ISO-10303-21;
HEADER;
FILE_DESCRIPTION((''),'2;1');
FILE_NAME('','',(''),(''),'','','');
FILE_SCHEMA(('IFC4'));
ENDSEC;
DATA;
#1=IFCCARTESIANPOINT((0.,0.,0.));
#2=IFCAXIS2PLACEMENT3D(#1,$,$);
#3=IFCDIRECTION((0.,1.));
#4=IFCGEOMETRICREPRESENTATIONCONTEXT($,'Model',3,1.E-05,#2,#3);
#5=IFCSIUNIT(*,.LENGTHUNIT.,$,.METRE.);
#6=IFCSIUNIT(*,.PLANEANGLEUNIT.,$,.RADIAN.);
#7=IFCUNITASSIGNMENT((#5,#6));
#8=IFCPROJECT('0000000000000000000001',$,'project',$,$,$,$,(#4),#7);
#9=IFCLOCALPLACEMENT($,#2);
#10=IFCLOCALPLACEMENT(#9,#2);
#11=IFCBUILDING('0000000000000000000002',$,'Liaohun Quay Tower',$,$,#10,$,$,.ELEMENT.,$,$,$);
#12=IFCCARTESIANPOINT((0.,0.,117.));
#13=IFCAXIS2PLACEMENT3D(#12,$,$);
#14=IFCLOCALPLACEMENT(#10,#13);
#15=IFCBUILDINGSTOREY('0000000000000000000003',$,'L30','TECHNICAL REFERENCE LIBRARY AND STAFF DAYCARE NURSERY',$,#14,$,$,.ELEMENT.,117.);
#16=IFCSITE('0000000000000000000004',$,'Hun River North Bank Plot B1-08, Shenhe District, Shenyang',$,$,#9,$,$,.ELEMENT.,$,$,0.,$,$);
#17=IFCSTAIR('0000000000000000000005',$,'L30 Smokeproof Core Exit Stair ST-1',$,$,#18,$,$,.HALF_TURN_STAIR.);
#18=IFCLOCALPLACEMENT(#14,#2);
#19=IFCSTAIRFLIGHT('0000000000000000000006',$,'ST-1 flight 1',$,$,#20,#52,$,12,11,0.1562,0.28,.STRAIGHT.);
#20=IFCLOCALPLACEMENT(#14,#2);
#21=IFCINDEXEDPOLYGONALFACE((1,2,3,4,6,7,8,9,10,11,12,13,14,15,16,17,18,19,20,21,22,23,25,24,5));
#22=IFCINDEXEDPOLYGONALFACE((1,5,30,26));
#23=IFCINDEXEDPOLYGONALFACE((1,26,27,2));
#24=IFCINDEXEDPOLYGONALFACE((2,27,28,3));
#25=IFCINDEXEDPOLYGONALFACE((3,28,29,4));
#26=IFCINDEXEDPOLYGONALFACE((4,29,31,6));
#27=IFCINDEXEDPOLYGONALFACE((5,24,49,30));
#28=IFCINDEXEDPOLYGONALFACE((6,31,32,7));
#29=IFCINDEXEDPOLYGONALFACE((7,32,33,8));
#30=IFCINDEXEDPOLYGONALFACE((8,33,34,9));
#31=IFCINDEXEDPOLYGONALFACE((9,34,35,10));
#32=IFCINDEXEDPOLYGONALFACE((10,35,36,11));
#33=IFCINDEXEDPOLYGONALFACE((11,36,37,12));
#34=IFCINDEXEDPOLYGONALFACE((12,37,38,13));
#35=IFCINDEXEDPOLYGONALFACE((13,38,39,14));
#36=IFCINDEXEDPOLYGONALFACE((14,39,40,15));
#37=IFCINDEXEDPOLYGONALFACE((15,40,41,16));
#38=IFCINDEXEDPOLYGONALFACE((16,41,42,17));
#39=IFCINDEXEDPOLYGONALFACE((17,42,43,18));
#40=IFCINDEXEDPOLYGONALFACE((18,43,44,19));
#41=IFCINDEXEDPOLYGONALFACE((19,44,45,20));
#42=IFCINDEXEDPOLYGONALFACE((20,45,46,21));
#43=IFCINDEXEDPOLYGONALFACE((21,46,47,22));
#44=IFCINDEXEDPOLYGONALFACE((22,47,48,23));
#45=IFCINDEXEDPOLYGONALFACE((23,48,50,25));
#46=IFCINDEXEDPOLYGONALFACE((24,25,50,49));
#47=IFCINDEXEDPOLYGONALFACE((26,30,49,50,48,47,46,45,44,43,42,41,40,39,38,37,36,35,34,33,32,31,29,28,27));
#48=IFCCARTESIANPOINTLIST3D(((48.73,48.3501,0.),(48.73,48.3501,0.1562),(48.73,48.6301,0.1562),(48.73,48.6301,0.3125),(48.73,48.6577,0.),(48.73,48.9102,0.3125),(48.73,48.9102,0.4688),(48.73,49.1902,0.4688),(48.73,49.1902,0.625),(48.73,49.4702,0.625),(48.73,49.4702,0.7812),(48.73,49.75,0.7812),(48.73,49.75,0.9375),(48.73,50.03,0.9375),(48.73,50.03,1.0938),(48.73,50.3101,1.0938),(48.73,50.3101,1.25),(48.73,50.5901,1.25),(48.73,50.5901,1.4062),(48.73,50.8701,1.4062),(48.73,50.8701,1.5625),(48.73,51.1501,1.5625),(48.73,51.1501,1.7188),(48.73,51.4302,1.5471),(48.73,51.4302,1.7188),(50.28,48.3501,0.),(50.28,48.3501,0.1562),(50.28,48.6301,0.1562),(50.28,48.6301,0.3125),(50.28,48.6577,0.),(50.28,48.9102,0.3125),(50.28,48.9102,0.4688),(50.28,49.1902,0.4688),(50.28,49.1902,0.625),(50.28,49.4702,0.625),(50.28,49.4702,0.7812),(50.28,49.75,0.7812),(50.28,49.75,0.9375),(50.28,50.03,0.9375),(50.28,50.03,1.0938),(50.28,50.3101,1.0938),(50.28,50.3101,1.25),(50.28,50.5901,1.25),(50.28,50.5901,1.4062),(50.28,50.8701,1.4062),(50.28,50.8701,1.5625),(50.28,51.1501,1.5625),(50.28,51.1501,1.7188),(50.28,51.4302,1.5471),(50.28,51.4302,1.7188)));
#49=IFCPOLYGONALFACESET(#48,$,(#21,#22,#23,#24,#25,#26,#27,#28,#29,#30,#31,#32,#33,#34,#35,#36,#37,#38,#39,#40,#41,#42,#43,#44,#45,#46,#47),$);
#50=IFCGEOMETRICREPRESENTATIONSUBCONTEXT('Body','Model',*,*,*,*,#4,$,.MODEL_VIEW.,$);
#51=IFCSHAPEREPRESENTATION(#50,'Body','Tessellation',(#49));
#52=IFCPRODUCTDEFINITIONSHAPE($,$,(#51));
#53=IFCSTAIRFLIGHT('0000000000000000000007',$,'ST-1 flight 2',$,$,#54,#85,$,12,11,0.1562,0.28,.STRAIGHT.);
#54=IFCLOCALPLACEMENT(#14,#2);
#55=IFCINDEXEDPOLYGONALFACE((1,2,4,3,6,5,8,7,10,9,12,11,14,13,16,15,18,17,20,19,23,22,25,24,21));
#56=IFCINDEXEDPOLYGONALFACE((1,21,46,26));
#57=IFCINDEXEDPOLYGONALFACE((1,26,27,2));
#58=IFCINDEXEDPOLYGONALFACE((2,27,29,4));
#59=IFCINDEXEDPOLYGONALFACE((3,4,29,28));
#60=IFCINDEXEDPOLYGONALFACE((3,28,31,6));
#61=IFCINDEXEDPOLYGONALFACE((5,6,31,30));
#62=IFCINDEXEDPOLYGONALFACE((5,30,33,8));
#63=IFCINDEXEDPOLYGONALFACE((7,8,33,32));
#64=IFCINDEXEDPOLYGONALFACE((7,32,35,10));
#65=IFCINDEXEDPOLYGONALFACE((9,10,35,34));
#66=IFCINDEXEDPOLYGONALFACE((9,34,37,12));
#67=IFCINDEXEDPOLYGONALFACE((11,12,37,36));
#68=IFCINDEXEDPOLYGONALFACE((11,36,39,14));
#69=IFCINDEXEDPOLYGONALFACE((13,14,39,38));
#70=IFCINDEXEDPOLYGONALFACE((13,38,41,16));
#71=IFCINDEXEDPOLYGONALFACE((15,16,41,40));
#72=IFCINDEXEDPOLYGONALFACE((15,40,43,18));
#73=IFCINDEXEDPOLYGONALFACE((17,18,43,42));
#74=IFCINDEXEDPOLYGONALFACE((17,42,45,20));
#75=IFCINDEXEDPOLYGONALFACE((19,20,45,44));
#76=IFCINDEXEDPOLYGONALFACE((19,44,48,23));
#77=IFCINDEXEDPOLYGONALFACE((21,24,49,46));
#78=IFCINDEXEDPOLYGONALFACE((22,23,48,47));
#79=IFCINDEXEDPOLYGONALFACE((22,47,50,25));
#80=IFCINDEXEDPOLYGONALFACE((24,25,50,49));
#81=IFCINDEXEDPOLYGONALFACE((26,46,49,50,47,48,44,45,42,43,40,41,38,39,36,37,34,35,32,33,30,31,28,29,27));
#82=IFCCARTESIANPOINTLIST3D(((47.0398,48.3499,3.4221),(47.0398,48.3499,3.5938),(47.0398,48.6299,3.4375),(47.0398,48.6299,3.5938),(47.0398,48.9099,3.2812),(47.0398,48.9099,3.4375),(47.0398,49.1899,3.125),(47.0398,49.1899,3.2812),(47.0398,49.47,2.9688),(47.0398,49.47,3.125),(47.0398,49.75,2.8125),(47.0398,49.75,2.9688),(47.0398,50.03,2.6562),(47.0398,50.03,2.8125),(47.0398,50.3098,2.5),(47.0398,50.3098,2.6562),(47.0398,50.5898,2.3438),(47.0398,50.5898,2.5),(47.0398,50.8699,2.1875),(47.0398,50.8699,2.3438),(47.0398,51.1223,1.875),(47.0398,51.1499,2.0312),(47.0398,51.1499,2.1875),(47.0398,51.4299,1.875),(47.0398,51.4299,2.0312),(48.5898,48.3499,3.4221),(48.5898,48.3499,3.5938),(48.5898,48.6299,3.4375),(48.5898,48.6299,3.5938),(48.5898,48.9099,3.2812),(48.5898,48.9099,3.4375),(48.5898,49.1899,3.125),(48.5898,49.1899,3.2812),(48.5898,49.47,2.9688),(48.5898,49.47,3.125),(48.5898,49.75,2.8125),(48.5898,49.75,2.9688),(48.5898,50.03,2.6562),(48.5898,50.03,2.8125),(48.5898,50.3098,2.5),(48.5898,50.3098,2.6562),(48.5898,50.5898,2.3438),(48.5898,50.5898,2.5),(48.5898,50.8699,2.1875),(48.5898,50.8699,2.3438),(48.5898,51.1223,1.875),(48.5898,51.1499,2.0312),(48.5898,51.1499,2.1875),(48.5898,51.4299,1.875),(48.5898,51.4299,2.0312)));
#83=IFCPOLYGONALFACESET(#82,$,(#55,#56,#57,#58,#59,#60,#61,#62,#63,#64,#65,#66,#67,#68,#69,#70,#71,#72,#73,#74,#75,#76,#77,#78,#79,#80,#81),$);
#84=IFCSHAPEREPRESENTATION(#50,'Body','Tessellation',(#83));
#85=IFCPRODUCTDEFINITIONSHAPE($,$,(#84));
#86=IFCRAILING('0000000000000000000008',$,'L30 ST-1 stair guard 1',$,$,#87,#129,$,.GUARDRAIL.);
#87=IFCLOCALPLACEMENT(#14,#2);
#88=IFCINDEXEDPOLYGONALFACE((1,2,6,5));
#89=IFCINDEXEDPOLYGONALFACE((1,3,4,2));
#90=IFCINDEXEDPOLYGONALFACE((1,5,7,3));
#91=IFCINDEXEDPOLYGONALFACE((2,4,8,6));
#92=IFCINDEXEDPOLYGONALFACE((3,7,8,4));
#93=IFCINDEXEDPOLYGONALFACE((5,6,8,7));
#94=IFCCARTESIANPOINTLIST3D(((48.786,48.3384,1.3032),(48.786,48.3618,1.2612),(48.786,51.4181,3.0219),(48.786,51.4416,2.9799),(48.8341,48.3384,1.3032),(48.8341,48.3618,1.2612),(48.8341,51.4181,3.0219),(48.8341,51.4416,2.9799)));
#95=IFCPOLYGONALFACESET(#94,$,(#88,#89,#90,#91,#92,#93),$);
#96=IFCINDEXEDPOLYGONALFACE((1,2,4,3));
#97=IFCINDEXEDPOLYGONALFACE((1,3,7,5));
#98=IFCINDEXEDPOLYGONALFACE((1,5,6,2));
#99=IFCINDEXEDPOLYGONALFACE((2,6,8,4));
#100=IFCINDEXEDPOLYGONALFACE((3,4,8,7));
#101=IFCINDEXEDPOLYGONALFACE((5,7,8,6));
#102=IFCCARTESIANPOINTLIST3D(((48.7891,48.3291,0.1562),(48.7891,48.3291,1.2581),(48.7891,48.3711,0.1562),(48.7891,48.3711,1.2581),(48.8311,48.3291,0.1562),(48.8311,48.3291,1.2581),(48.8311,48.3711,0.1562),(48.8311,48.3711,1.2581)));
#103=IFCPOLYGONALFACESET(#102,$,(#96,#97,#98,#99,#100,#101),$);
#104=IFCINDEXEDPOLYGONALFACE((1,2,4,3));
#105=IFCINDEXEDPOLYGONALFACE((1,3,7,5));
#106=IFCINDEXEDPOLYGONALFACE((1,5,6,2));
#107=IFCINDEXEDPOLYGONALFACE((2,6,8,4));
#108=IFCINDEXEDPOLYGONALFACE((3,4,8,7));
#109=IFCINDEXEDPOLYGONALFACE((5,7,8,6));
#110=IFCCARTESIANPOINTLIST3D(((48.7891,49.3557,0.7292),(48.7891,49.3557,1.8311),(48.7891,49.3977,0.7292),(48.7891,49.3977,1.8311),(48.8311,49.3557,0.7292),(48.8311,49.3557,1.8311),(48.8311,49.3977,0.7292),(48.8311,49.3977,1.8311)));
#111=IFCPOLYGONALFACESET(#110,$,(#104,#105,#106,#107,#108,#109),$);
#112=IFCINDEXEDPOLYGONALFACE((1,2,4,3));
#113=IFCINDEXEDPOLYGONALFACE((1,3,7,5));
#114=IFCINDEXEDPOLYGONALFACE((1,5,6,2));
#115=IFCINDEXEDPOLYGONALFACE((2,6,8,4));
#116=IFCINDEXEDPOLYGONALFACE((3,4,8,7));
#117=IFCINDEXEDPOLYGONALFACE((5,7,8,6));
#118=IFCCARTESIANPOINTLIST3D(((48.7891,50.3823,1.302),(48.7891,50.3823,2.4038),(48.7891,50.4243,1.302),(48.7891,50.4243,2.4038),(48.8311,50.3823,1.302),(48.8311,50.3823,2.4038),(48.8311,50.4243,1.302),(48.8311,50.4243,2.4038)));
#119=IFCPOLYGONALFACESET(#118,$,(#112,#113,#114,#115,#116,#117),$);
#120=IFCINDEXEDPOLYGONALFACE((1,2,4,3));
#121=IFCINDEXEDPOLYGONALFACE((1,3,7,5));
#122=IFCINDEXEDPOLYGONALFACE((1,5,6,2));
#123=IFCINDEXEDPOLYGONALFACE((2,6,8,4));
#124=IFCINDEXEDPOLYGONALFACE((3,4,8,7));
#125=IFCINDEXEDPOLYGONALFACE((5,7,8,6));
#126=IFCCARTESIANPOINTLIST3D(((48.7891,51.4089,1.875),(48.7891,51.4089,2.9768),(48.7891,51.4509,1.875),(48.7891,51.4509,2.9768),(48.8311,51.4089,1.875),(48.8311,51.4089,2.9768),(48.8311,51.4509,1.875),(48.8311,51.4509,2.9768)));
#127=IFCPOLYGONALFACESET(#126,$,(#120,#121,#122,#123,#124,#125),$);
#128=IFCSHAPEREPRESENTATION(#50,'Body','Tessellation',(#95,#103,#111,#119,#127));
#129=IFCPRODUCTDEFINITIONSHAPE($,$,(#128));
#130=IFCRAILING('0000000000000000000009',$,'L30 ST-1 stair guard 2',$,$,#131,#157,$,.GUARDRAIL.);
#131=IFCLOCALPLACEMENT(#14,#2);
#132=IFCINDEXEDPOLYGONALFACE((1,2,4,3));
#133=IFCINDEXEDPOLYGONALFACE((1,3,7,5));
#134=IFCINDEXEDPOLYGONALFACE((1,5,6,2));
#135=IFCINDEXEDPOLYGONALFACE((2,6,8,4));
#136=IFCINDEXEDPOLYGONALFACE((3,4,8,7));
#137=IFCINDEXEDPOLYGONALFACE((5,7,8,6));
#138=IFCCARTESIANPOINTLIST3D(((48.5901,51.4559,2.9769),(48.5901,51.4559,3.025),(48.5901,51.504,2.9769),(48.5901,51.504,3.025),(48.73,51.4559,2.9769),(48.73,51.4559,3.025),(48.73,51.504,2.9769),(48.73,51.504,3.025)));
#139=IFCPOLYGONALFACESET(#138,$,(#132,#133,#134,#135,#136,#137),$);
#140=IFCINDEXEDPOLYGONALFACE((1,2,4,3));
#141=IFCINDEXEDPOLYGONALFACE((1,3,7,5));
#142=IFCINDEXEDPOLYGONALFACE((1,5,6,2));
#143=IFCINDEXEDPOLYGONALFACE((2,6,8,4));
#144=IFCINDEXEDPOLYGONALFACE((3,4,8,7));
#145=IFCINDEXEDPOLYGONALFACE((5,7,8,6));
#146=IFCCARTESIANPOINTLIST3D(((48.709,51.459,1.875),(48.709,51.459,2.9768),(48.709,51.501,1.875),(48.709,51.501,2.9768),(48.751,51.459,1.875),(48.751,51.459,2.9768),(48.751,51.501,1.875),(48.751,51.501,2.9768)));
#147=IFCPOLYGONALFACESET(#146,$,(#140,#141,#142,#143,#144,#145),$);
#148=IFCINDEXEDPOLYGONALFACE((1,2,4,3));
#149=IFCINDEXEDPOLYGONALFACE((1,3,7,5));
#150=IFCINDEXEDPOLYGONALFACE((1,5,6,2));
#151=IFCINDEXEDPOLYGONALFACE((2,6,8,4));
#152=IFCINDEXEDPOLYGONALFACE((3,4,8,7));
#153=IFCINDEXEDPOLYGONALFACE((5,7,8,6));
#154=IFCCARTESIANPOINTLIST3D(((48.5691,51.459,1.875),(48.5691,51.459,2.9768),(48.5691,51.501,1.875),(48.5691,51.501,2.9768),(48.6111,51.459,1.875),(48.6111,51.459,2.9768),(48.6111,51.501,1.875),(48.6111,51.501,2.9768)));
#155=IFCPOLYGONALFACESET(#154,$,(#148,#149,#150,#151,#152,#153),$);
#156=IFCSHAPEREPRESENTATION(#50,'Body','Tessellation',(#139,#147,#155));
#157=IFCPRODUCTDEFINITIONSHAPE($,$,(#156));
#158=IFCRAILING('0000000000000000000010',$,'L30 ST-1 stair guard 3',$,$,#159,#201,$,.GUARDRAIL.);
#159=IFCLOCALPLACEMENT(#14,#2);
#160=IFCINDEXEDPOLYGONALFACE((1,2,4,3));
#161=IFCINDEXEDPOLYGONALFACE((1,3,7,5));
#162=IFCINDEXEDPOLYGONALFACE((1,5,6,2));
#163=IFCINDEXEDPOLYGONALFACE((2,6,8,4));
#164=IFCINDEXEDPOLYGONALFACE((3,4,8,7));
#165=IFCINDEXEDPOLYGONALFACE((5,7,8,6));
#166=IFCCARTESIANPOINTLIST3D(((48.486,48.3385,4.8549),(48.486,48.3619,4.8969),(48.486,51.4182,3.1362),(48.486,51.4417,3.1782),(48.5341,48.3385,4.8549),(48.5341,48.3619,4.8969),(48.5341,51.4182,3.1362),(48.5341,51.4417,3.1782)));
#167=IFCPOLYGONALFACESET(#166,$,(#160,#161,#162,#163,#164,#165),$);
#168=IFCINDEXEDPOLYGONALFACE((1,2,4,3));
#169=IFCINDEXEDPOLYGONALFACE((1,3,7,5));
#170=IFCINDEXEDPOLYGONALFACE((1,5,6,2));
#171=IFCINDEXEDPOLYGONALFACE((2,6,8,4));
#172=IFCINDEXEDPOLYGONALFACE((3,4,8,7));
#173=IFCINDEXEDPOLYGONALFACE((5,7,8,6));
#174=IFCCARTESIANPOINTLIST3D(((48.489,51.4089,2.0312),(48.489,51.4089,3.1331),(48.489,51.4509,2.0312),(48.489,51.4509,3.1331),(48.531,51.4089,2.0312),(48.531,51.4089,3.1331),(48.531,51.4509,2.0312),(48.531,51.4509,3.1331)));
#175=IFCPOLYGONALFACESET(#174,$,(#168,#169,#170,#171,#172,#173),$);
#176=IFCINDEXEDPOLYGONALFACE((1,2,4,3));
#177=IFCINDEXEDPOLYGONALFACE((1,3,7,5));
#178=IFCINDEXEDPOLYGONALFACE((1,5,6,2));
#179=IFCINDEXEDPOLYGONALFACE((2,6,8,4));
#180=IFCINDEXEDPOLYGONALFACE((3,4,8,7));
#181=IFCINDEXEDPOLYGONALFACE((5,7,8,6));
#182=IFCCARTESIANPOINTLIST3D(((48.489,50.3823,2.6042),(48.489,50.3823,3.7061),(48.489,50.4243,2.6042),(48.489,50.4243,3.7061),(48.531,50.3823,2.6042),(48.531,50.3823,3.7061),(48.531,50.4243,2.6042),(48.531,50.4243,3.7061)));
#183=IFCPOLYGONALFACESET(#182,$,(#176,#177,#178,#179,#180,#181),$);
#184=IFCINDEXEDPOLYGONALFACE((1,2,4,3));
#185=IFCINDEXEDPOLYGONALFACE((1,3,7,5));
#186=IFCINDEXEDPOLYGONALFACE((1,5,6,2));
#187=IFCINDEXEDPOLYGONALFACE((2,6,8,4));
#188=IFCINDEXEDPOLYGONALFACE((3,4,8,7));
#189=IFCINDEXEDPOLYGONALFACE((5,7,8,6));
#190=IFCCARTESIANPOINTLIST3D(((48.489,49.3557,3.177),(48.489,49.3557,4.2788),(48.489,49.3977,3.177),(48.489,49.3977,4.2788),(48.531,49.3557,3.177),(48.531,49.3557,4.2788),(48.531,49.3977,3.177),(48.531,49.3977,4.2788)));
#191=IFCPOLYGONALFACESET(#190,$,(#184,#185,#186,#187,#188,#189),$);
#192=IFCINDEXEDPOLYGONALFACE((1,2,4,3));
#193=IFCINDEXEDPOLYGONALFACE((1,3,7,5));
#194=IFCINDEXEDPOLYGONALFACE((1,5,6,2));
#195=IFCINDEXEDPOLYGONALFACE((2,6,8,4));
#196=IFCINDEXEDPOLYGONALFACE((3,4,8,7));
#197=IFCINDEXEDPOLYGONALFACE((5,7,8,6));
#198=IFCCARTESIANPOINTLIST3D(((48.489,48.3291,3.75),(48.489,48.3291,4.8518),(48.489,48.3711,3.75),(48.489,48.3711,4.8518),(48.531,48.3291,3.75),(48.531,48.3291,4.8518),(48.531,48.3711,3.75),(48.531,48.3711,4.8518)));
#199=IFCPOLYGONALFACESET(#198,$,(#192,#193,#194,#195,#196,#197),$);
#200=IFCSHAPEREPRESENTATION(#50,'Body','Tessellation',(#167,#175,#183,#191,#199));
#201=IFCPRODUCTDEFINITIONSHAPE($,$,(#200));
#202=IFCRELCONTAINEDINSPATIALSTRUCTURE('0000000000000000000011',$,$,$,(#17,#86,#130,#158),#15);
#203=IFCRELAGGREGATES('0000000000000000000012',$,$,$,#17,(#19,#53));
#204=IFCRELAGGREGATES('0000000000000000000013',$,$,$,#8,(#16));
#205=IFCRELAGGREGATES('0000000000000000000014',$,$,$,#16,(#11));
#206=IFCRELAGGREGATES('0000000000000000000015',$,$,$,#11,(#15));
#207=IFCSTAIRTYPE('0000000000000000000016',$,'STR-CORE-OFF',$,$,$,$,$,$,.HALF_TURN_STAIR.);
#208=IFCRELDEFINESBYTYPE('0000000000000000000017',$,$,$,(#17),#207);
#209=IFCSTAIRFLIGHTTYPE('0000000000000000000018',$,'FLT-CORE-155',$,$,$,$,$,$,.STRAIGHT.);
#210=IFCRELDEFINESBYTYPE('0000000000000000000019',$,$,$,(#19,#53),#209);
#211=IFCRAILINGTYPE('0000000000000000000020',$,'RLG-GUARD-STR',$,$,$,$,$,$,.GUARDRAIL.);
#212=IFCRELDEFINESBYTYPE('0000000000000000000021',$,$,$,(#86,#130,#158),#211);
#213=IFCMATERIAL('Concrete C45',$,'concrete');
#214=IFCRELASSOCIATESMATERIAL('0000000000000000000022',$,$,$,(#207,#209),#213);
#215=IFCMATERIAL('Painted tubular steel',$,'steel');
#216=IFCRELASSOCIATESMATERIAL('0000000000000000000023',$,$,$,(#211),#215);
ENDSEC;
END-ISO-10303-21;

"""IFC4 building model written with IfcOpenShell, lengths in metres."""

from ifc_helpers import new_model, si_unit, direction, frame, origin, origin_2d, place, context, subcontext, project, spatial, polyline, rectangle, outline, extrude, material, type_object, element, aggregate, save


model = new_model("IFC4")

# Units and contexts
model_context = context("Model", 3, precision=1e-05, world=origin(), true_north=direction((0.0, 1.0)))
body_context = subcontext(model_context, "Body", "Model", "MODEL_VIEW")
ifc_project = project(units=[si_unit("LENGTHUNIT", "METRE"), si_unit("PLANEANGLEUNIT", "RADIAN")], contexts=[model_context])

# Site, building, storey
site_placement = place(None, origin())
site = spatial("IfcSite", under=ifc_project, at=site_placement, Name="Hun River North Bank Plot B1-08, Shenhe District, Shenyang", CompositionType="ELEMENT", RefElevation=0.0)
building_placement = place(site_placement, origin())
building = spatial("IfcBuilding", under=site, at=building_placement, Name="Liaohun Quay Tower", CompositionType="ELEMENT")
storey_placement = place(building_placement, frame((0.0, 0.0, 117.0)))
storey = spatial("IfcBuildingStorey", under=building, at=storey_placement, Name="L30", Description="TECHNICAL REFERENCE LIBRARY AND STAFF DAYCARE NURSERY", CompositionType="ELEMENT", Elevation=117.0)

# Stair
ifc_material_1 = material(Name="Concrete C45", Category="concrete")
stair_type = type_object("IfcStairType", Name="STR-CORE-OFF", PredefinedType="HALF_TURN_STAIR", material=ifc_material_1)
stair_1_placement = place(storey_placement, origin())
stair_1 = element("IfcStair", 1, at=stair_1_placement, inside=storey, type_object=stair_type, Name="L30 Smokeproof Core Exit Stair ST-1", PredefinedType="HALF_TURN_STAIR")

# Stair flights
stair_flight_type = type_object("IfcStairFlightType", Name="FLT-CORE-155", PredefinedType="STRAIGHT", material=ifc_material_1)
stair_flight_1_placement = place(storey_placement, frame((49.5049, 48.3501, 0.0), z_axis=(0.0, 0.0, 1.0), x_axis=(0.0, 1.0, 0.0)))
stair_flight_1 = element("IfcStairFlight", 2, at=stair_flight_1_placement, type_object=stair_flight_type, Name="ST-1 flight 1", NumberOfRisers=12, NumberOfTreads=11, PredefinedType="STRAIGHT", RiserHeight=0.1562, TreadLength=0.28, context=body_context, shape_type="SweptSolid", body=[
    extrude(outline(polyline([(0.0, 0.0), (0.0, 0.1562), (0.28, 0.1562), (0.28, 0.3125), (0.5601, 0.3125), (0.5601, 0.4688), (0.8401, 0.4688), (0.8401, 0.625), (1.1201, 0.625), (1.1201, 0.7812), (1.3999, 0.7812), (1.3999, 0.9375), (1.6799, 0.9375), (1.6799, 1.0938), (1.96, 1.0938), (1.96, 1.25), (2.24, 1.25), (2.24, 1.4062), (2.52, 1.4062), (2.52, 1.5625), (2.8, 1.5625), (2.8, 1.7188), (3.0801, 1.7188), (3.0801, 1.875), (3.0801, 1.5471), (0.3076, 0.0), (0.0, 0.0)])), frame((0.0, 0.7749, 0.0), z_axis=(0.0, -1.0, 0.0), x_axis=(1.0, 0.0, 0.0)), (0.0, 0.0, 1.0), 1.55),
])
stair_flight_2_placement = place(storey_placement, frame((47.8149, 51.4299, 1.875), z_axis=(0.0, 0.0, 1.0), x_axis=(0.0, -1.0, 0.0)))
stair_flight_2 = element("IfcStairFlight", 3, at=stair_flight_2_placement, type_object=stair_flight_type, Name="ST-1 flight 2", NumberOfRisers=12, NumberOfTreads=11, PredefinedType="STRAIGHT", RiserHeight=0.1562, TreadLength=0.28, context=body_context, shape_type="SweptSolid", body=[
    extrude(outline(polyline([(0.0, 0.0), (0.0, 0.1562), (0.28, 0.1562), (0.28, 0.3125), (0.5601, 0.3125), (0.5601, 0.4688), (0.8401, 0.4688), (0.8401, 0.625), (1.1201, 0.625), (1.1201, 0.7812), (1.3999, 0.7812), (1.3999, 0.9375), (1.6799, 0.9375), (1.6799, 1.0938), (1.96, 1.0938), (1.96, 1.25), (2.24, 1.25), (2.24, 1.4062), (2.52, 1.4062), (2.52, 1.5625), (2.8, 1.5625), (2.8, 1.7188), (3.0801, 1.7188), (3.0801, 1.875), (3.0801, 1.5471), (0.3076, 0.0), (0.0, 0.0)])), frame((0.0, 0.7749, 0.0), z_axis=(0.0, -1.0, 0.0), x_axis=(1.0, 0.0, 0.0)), (0.0, 0.0, 1.0), 1.55),
])
aggregate(stair_1, [stair_flight_1, stair_flight_2])

# Railings
ifc_material_2 = material(Name="Painted tubular steel", Category="steel")
railing_type_1 = type_object("IfcRailingType", Name="RLG-GUARD-STR", PredefinedType="GUARDRAIL", material=ifc_material_2)
railing_1_placement = place(storey_placement, frame((48.8101, 48.3501, 0.1562)))
element("IfcRailing", 4, at=railing_1_placement, inside=storey, type_object=railing_type_1, Name="L30 ST-1 stair guard 1", PredefinedType="GUARDRAIL", context=body_context, shape_type="SweptSolid", body=[
    extrude(rectangle(XDim=0.0481, YDim=0.0481, at=origin_2d()), frame((0.0, 0.0, 1.126), z_axis=(0.0, 0.873225, 0.487317), x_axis=(-1.0, 0.0, 0.0)), (0.0, 0.0, 1.0), 3.5269),
    extrude(rectangle(XDim=0.042, YDim=0.042, at=origin_2d()), origin(), (0.0, 0.0, 1.0), 1.1018),
    extrude(rectangle(XDim=0.042, YDim=0.042, at=origin_2d()), frame((0.0, 1.0266, 0.573)), (0.0, 0.0, 1.0), 1.1018),
    extrude(rectangle(XDim=0.042, YDim=0.042, at=origin_2d()), frame((0.0, 2.0532, 1.1458)), (0.0, 0.0, 1.0), 1.1018),
    extrude(rectangle(XDim=0.042, YDim=0.042, at=origin_2d()), frame((0.0, 3.0798, 1.7188)), (0.0, 0.0, 1.0), 1.1018),
])
railing_2_placement = place(storey_placement, frame((48.73, 51.48, 1.875)))
element("IfcRailing", 5, at=railing_2_placement, inside=storey, type_object=railing_type_1, Name="L30 ST-1 stair guard 2", PredefinedType="GUARDRAIL", context=body_context, shape_type="SweptSolid", body=[
    extrude(rectangle(XDim=0.0481, YDim=0.0481, at=origin_2d()), frame((0.0, 0.0, 1.126), z_axis=(-1.0, 0.0, 0.0), x_axis=(0.0, -1.0, 0.0)), (0.0, 0.0, 1.0), 0.1399),
    extrude(rectangle(XDim=0.042, YDim=0.042, at=origin_2d()), origin(), (0.0, 0.0, 1.0), 1.1018),
    extrude(rectangle(XDim=0.042, YDim=0.042, at=origin_2d()), frame((-0.1399, 0.0, 0.0)), (0.0, 0.0, 1.0), 1.1018),
])
railing_3_placement = place(storey_placement, frame((48.51, 51.4299, 2.0312)))
element("IfcRailing", 6, at=railing_3_placement, inside=storey, type_object=railing_type_1, Name="L30 ST-1 stair guard 3", PredefinedType="GUARDRAIL", context=body_context, shape_type="SweptSolid", body=[
    extrude(rectangle(XDim=0.0481, YDim=0.0481, at=origin_2d()), frame((0.0, 0.0, 1.126), z_axis=(0.0, -0.873225, 0.487317), x_axis=(1.0, 0.0, 0.0)), (0.0, 0.0, 1.0), 3.5269),
    extrude(rectangle(XDim=0.042, YDim=0.042, at=origin_2d()), origin(), (0.0, 0.0, 1.0), 1.1018),
    extrude(rectangle(XDim=0.042, YDim=0.042, at=origin_2d()), frame((0.0, -1.0266, 0.573)), (0.0, 0.0, 1.0), 1.1018),
    extrude(rectangle(XDim=0.042, YDim=0.042, at=origin_2d()), frame((0.0, -2.0532, 1.1458)), (0.0, 0.0, 1.0), 1.1018),
    extrude(rectangle(XDim=0.042, YDim=0.042, at=origin_2d()), frame((0.0, -3.0798, 1.7188)), (0.0, 0.0, 1.0), 1.1018),
])

save(model, "model.ifc")
